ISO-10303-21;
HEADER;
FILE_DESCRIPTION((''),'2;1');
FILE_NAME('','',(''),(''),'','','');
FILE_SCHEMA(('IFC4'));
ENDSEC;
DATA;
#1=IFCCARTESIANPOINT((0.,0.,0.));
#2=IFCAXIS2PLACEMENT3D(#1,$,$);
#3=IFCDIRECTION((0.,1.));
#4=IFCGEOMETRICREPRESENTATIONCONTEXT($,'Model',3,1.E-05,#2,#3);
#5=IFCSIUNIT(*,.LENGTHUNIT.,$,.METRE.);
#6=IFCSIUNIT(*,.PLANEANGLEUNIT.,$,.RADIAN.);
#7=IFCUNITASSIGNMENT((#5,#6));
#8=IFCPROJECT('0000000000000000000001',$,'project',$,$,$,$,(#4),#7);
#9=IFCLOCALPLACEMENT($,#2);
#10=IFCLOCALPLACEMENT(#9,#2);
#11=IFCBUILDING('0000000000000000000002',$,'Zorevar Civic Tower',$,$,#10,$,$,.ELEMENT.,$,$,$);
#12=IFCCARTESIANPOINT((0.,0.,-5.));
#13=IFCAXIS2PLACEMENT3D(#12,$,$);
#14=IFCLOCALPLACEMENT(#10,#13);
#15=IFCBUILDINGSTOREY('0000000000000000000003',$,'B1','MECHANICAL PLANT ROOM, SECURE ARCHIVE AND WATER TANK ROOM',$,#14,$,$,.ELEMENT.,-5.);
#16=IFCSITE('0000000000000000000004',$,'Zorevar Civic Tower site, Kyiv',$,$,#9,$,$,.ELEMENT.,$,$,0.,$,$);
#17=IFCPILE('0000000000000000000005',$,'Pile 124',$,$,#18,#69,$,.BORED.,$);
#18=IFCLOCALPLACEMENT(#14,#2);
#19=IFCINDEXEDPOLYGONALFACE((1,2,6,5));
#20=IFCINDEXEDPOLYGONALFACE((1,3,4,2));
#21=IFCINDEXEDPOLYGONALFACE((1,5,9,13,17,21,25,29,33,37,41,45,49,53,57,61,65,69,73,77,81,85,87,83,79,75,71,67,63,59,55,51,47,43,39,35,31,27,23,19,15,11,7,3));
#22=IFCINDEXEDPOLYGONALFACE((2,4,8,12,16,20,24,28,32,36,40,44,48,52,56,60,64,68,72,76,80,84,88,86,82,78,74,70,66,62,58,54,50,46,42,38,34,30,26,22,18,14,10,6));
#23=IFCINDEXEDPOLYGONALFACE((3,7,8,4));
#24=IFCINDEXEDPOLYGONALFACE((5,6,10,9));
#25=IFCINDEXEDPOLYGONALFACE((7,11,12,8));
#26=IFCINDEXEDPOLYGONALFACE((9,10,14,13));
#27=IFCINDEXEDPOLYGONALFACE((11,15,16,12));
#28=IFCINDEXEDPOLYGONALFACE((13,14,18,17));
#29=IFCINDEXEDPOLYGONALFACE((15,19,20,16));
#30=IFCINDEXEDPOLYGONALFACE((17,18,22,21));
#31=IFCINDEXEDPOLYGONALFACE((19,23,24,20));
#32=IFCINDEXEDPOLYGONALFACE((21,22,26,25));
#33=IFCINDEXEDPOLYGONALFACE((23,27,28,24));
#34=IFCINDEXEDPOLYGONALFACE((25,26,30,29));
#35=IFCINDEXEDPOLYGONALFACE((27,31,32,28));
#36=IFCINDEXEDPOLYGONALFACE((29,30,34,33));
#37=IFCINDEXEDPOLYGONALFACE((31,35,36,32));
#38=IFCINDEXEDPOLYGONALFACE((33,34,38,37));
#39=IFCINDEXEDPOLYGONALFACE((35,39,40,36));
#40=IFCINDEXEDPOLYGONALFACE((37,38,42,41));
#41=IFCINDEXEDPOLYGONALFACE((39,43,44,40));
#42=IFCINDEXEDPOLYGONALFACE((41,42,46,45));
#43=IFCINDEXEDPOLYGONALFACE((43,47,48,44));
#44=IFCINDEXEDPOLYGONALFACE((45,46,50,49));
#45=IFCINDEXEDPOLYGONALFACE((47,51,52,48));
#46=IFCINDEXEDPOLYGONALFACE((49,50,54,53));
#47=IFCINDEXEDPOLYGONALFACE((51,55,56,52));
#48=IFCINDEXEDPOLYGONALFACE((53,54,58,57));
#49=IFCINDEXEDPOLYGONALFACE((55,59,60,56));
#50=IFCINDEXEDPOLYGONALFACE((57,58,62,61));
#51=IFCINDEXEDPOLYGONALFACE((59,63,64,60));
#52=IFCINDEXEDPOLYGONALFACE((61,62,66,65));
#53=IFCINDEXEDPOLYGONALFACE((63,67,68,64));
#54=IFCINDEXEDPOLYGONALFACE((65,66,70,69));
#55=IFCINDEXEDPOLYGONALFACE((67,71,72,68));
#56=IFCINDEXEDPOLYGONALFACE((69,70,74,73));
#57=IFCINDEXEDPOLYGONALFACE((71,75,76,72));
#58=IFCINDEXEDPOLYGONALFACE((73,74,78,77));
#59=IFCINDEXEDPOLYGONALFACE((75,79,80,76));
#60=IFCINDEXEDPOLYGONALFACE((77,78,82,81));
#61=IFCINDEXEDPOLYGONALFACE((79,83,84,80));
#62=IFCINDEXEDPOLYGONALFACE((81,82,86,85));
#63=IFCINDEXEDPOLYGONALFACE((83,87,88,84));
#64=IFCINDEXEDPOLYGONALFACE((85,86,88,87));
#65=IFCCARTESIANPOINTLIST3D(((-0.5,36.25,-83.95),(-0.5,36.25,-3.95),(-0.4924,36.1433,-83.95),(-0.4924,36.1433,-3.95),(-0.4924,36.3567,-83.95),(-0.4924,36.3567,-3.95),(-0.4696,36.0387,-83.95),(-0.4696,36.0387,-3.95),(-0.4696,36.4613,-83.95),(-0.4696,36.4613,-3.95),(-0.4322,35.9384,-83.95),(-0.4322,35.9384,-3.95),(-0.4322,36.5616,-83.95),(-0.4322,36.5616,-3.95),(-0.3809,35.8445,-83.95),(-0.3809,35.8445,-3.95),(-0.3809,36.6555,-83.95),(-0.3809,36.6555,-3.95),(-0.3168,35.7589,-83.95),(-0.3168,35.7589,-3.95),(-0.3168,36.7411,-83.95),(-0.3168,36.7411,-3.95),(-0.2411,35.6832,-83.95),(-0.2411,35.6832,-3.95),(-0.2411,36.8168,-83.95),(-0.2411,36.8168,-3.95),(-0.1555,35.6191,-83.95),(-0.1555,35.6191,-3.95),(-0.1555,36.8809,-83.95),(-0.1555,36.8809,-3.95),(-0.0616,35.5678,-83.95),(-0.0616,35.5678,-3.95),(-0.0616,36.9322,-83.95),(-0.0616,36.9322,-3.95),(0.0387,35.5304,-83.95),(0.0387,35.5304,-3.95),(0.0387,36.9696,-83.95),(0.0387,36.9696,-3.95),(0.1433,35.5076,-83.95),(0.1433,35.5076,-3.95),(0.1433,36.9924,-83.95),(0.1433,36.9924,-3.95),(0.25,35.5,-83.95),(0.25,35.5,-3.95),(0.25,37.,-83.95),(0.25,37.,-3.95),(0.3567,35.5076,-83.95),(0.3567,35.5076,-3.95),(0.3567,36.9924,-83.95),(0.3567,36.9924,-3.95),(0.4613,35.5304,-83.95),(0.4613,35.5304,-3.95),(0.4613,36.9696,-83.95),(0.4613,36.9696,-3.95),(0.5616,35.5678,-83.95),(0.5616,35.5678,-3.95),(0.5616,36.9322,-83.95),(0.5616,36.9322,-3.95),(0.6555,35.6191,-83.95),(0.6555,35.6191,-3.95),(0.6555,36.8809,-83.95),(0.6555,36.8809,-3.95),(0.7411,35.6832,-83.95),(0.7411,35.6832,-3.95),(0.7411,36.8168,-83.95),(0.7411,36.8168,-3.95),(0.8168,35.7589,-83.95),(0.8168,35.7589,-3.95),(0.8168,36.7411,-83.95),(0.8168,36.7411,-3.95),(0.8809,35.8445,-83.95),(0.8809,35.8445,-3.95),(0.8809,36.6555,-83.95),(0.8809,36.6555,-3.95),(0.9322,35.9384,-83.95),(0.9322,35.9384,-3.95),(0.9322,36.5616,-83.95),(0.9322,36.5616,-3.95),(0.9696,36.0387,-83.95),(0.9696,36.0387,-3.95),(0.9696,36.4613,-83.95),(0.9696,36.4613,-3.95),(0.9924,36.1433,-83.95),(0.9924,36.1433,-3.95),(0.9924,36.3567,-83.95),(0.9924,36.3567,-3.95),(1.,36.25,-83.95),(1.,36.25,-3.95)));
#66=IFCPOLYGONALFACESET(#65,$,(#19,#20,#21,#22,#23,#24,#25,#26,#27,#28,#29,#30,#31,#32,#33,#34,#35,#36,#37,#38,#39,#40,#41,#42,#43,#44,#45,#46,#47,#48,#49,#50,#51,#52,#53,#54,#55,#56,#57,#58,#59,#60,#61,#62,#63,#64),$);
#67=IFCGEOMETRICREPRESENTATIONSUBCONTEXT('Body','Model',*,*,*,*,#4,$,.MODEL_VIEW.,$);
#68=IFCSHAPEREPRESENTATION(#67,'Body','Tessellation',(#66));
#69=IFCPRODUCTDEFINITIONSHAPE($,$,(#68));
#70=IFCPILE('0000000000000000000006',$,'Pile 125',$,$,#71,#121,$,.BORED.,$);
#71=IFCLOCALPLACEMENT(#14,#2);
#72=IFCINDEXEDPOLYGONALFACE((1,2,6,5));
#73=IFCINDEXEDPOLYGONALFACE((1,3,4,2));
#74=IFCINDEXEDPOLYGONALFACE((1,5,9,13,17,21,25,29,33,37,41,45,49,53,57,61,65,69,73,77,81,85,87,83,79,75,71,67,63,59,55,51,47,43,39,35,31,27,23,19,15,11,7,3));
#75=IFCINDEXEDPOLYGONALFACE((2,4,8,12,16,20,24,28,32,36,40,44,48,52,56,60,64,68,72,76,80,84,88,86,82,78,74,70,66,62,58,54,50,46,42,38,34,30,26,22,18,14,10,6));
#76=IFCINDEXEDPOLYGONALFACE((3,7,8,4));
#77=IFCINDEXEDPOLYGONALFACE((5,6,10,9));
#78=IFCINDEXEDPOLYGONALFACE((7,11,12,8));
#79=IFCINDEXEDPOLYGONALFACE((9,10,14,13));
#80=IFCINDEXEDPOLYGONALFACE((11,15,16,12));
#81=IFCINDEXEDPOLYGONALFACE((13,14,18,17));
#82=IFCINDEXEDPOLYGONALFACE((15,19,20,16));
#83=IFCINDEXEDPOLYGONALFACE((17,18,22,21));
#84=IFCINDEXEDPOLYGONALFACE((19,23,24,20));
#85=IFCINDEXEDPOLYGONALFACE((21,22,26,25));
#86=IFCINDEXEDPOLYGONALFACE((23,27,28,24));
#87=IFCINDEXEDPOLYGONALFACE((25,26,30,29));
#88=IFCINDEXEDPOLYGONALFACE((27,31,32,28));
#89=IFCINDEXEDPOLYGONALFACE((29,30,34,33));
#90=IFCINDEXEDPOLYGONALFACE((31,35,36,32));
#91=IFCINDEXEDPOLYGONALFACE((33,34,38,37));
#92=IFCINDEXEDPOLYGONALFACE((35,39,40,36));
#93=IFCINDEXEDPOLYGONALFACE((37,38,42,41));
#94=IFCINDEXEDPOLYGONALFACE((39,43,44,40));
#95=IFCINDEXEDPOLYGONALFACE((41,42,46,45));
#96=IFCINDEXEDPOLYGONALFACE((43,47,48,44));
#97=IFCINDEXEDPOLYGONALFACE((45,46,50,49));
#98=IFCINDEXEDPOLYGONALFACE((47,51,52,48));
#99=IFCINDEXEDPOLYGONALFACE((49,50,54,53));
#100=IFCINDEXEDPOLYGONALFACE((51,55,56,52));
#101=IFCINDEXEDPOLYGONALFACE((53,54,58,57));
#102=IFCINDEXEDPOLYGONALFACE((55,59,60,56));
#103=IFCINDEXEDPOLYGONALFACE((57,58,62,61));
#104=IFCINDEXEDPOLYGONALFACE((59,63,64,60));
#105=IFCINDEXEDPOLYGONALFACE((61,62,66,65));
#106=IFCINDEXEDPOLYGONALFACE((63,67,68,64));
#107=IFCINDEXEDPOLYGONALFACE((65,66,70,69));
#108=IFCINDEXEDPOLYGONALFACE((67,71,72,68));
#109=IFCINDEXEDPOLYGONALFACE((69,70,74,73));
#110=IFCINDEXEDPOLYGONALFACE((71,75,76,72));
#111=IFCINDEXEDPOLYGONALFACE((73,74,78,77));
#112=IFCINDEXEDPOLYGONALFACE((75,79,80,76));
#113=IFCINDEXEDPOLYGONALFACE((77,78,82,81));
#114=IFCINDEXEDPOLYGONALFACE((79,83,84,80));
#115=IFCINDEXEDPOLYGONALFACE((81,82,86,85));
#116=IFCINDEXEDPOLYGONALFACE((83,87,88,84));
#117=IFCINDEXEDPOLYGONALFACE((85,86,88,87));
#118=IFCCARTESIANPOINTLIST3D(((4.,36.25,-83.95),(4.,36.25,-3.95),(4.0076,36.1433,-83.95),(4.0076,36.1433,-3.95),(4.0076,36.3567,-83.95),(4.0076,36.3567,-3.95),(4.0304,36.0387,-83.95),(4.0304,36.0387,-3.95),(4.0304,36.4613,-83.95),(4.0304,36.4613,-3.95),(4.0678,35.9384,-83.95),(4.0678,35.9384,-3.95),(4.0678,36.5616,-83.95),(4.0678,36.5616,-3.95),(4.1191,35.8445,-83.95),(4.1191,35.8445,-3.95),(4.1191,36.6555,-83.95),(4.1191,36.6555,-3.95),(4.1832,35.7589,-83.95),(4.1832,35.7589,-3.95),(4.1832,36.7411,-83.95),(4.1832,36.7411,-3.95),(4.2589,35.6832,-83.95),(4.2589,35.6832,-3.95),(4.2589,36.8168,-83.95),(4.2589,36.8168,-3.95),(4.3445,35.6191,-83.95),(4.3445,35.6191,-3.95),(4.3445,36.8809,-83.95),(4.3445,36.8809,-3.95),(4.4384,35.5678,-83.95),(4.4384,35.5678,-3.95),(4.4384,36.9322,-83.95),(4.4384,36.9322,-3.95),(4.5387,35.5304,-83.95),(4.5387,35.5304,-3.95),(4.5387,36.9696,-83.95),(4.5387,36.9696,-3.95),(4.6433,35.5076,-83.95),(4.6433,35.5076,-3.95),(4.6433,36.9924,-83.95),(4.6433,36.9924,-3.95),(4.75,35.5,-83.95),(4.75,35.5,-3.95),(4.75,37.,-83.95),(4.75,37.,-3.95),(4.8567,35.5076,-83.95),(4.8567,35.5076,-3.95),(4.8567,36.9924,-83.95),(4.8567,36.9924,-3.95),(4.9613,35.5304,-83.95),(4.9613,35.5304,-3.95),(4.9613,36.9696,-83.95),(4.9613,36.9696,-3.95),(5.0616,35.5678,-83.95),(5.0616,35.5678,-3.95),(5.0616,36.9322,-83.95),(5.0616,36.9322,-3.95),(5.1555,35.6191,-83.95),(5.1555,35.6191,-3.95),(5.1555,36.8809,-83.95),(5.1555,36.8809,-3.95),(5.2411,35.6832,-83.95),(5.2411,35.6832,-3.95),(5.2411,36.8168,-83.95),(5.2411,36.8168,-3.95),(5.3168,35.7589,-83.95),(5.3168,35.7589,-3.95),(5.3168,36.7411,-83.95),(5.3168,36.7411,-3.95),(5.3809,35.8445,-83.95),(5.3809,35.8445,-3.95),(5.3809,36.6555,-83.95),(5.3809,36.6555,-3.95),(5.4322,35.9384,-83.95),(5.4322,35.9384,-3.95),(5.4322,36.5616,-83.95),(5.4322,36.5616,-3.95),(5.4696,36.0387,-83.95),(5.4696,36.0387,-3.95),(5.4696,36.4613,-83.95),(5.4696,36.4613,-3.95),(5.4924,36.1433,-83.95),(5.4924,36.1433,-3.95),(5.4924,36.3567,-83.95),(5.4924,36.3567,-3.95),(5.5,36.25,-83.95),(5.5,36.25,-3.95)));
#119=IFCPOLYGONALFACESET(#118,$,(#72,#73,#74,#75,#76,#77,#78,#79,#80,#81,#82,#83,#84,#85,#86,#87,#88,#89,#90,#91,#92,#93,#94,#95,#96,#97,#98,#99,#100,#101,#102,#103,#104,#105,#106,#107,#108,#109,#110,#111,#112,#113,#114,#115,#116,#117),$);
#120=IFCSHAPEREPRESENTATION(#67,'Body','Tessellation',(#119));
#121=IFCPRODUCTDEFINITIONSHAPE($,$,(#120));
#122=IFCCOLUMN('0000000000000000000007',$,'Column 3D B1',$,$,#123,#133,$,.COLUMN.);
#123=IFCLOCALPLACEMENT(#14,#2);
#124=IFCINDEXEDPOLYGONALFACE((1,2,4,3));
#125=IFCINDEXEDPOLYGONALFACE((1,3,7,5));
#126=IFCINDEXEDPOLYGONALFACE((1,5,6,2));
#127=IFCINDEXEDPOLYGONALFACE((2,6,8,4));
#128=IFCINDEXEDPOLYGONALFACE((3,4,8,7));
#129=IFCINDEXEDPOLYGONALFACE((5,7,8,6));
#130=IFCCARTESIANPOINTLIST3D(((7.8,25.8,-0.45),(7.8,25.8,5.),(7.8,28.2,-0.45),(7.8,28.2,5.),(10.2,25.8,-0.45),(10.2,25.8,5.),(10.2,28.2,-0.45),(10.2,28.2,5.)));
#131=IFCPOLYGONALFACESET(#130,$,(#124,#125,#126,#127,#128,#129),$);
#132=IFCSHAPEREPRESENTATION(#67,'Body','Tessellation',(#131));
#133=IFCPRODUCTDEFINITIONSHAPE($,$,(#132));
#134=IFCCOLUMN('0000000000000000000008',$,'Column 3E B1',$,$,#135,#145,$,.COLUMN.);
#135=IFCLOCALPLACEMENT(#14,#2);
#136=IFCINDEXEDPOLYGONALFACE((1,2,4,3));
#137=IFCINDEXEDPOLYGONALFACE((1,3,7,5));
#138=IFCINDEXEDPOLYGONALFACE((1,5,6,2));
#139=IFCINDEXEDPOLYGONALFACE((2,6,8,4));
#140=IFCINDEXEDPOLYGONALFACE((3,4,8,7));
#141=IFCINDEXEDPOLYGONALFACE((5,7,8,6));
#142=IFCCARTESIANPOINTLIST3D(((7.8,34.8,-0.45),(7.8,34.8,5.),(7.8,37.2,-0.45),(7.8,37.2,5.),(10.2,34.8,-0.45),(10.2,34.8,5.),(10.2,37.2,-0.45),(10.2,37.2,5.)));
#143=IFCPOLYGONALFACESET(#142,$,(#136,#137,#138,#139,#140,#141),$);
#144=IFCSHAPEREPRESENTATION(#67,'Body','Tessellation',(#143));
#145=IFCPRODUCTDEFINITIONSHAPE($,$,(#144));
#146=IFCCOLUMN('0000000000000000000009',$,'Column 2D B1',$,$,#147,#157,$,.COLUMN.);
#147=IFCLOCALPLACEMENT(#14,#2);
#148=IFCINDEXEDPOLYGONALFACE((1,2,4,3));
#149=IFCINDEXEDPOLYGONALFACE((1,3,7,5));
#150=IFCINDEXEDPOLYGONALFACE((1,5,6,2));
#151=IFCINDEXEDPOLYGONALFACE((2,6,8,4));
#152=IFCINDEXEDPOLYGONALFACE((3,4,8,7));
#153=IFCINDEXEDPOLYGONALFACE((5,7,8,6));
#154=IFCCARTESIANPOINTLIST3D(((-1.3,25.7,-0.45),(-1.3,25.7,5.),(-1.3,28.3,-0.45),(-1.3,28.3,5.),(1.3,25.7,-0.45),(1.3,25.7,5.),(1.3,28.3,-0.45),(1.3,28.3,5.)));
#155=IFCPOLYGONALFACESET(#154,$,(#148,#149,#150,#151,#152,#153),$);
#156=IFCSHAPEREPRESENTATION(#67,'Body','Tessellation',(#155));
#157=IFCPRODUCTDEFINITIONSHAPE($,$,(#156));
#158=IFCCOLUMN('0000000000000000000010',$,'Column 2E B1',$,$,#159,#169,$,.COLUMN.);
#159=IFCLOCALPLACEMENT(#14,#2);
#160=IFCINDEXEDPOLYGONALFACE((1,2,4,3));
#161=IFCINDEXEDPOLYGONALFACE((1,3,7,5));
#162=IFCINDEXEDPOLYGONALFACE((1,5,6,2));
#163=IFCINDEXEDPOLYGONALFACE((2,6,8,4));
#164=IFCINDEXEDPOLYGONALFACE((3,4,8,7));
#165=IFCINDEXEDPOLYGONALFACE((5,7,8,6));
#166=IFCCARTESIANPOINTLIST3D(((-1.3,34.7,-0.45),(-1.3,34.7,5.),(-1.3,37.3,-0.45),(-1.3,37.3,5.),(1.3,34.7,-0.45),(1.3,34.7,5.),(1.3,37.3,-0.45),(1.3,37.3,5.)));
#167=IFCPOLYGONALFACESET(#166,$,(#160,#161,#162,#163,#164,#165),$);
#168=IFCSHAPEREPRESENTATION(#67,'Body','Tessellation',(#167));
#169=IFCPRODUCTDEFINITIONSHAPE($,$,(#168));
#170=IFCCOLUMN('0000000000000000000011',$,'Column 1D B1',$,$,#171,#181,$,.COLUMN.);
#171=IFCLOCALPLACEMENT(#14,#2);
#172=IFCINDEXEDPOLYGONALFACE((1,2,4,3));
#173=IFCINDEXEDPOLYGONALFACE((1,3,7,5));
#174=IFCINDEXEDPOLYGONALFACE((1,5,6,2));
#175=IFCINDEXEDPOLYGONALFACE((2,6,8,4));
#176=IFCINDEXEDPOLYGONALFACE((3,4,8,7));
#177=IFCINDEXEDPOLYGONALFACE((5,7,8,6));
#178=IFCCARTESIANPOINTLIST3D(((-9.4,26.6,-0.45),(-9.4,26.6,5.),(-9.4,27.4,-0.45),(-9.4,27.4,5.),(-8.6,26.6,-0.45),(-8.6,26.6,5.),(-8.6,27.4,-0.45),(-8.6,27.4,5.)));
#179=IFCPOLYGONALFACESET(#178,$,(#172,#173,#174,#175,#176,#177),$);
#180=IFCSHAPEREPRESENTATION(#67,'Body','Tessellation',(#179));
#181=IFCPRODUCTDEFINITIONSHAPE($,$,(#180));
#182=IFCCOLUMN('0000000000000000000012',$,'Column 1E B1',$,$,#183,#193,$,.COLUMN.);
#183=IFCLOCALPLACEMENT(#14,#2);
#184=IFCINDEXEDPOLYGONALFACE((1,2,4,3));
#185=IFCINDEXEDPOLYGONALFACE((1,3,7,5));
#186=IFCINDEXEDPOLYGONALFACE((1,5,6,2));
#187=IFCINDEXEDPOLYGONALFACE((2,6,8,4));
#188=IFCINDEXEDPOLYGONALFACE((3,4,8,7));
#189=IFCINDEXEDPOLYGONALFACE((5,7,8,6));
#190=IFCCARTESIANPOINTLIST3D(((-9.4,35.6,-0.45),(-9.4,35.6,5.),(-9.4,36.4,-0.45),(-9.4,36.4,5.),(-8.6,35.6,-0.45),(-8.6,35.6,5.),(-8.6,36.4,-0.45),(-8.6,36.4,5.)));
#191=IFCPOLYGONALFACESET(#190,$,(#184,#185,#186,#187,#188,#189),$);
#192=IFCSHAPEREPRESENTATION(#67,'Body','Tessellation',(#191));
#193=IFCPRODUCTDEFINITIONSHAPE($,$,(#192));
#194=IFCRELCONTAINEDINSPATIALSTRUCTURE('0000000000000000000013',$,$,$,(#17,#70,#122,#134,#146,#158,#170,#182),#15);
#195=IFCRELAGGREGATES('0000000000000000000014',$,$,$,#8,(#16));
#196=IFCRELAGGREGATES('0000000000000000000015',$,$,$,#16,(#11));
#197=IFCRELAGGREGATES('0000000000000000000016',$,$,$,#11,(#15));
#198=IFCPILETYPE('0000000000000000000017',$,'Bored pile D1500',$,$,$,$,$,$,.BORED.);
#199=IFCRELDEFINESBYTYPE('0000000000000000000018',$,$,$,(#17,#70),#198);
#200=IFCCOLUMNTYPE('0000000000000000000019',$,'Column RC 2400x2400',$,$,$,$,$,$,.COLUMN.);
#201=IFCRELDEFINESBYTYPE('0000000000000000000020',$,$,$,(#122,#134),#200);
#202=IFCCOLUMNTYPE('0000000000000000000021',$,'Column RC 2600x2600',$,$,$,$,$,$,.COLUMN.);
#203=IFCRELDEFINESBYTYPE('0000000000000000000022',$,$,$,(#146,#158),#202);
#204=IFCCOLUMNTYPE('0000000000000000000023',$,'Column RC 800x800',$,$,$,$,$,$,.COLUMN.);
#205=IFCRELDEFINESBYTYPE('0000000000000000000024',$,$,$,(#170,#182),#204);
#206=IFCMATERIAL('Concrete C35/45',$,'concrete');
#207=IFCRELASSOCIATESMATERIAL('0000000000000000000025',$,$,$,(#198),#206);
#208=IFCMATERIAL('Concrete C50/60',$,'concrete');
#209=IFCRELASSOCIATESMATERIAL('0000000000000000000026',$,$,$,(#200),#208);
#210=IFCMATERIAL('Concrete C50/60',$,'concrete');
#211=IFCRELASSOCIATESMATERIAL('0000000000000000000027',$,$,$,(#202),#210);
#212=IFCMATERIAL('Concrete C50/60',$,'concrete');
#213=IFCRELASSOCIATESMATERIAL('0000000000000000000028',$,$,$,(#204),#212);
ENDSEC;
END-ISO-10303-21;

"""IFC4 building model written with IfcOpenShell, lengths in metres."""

from ifc_helpers import new_model, si_unit, direction, frame, origin, origin_2d, place, context, subcontext, project, spatial, rectangle, circle, extrude, material, material_profile, profile_set, type_object, element, save


model = new_model("IFC4")

# Units and contexts
model_context = context("Model", 3, precision=1e-05, world=origin(), true_north=direction((0.0, 1.0)))
body_context = subcontext(model_context, "Body", "Model", "MODEL_VIEW")
ifc_project = project(units=[si_unit("LENGTHUNIT", "METRE"), si_unit("PLANEANGLEUNIT", "RADIAN")], contexts=[model_context])

# Site, building, storey
site_placement = place(None, origin())
site = spatial("IfcSite", under=ifc_project, at=site_placement, Name="Zorevar Civic Tower site, Kyiv", CompositionType="ELEMENT", RefElevation=0.0)
building_placement = place(site_placement, origin())
building = spatial("IfcBuilding", under=site, at=building_placement, Name="Zorevar Civic Tower", CompositionType="ELEMENT")
storey_placement = place(building_placement, frame((0.0, 0.0, -5.0)))
storey = spatial("IfcBuildingStorey", under=building, at=storey_placement, Name="B1", Description="MECHANICAL PLANT ROOM, SECURE ARCHIVE AND WATER TANK ROOM", CompositionType="ELEMENT", Elevation=-5.0)

# Piles
ifc_material_1 = material(Name="Concrete C35/45", Category="concrete")
pile_type_1 = type_object("IfcPileType", Name="Bored pile D1500", PredefinedType="BORED", material=ifc_material_1)
for number, where, z_axis, x_axis, name in (
    (1, (0.25, 36.25, -3.95), (0.0, 0.0, -1.0), (1.0, 0.0, 0.0), "Pile 124"),
    (2, (4.75, 36.25, -3.95), (0.0, 0.0, -1.0), (1.0, 0.0, 0.0), "Pile 125"),
):
    element("IfcPile", number, at=place(storey_placement, frame(where, z_axis=z_axis, x_axis=x_axis)), inside=storey, type_object=pile_type_1, Name=name, PredefinedType="BORED", context=body_context, shape_type="SweptSolid", body=[
        extrude(circle(Radius=0.75, at=origin_2d()), origin(), (0.0, 0.0, 1.0), 80.0),
    ])

# Columns
ifc_material_2 = material(Name="Concrete C50/60", Category="concrete")
ifc_material_profile_1 = material_profile(ifc_material_2, rectangle(XDim=2.3999, YDim=2.3999, at=origin_2d()), Name="RC 2400x2400")
ifc_profile_set_1 = profile_set([ifc_material_profile_1], Name="Concrete C50/60")
column_type_1 = type_object("IfcColumnType", Name="Column RC 2400x2400", PredefinedType="COLUMN", material=ifc_profile_set_1)
for number, where, z_axis, x_axis, name in (
    (3, (9.0, 27.0, -0.45), (0.0, 0.0, 1.0), (1.0, 0.0, 0.0), "Column 3D B1"),
    (4, (9.0, 36.0, -0.45), (0.0, 0.0, 1.0), (1.0, 0.0, 0.0), "Column 3E B1"),
):
    element("IfcColumn", number, at=place(storey_placement, frame(where, z_axis=z_axis, x_axis=x_axis)), inside=storey, type_object=column_type_1, Name=name, PredefinedType="COLUMN", context=body_context, shape_type="SweptSolid", body=[
        extrude(rectangle(XDim=2.3999, YDim=2.3999, at=origin_2d()), origin(), (0.0, 0.0, 1.0), 5.45),
    ])
ifc_material_3 = material(Name="Concrete C50/60", Category="concrete")
ifc_material_profile_2 = material_profile(ifc_material_3, rectangle(XDim=2.6001, YDim=2.6001, at=origin_2d()), Name="RC 2600x2600")
ifc_profile_set_2 = profile_set([ifc_material_profile_2], Name="Concrete C50/60")
column_type_2 = type_object("IfcColumnType", Name="Column RC 2600x2600", PredefinedType="COLUMN", material=ifc_profile_set_2)
for number, where, z_axis, x_axis, name in (
    (5, (0.0, 27.0, -0.45), (0.0, 0.0, 1.0), (1.0, 0.0, 0.0), "Column 2D B1"),
    (6, (0.0, 36.0, -0.45), (0.0, 0.0, 1.0), (1.0, 0.0, 0.0), "Column 2E B1"),
):
    element("IfcColumn", number, at=place(storey_placement, frame(where, z_axis=z_axis, x_axis=x_axis)), inside=storey, type_object=column_type_2, Name=name, PredefinedType="COLUMN", context=body_context, shape_type="SweptSolid", body=[
        extrude(rectangle(XDim=2.6001, YDim=2.6001, at=origin_2d()), origin(), (0.0, 0.0, 1.0), 5.45),
    ])
ifc_material_4 = material(Name="Concrete C50/60", Category="concrete")
ifc_material_profile_3 = material_profile(ifc_material_4, rectangle(XDim=0.8, YDim=0.8, at=origin_2d()), Name="RC 800x800")
ifc_profile_set_3 = profile_set([ifc_material_profile_3], Name="Concrete C50/60")
column_type_3 = type_object("IfcColumnType", Name="Column RC 800x800", PredefinedType="COLUMN", material=ifc_profile_set_3)
for number, where, z_axis, x_axis, name in (
    (7, (-9.0, 27.0, -0.45), (0.0, 0.0, 1.0), (1.0, 0.0, 0.0), "Column 1D B1"),
    (8, (-9.0, 36.0, -0.45), (0.0, 0.0, 1.0), (1.0, 0.0, 0.0), "Column 1E B1"),
):
    element("IfcColumn", number, at=place(storey_placement, frame(where, z_axis=z_axis, x_axis=x_axis)), inside=storey, type_object=column_type_3, Name=name, PredefinedType="COLUMN", context=body_context, shape_type="SweptSolid", body=[
        extrude(rectangle(XDim=0.8, YDim=0.8, at=origin_2d()), origin(), (0.0, 0.0, 1.0), 5.45),
    ])

save(model, "model.ifc")
